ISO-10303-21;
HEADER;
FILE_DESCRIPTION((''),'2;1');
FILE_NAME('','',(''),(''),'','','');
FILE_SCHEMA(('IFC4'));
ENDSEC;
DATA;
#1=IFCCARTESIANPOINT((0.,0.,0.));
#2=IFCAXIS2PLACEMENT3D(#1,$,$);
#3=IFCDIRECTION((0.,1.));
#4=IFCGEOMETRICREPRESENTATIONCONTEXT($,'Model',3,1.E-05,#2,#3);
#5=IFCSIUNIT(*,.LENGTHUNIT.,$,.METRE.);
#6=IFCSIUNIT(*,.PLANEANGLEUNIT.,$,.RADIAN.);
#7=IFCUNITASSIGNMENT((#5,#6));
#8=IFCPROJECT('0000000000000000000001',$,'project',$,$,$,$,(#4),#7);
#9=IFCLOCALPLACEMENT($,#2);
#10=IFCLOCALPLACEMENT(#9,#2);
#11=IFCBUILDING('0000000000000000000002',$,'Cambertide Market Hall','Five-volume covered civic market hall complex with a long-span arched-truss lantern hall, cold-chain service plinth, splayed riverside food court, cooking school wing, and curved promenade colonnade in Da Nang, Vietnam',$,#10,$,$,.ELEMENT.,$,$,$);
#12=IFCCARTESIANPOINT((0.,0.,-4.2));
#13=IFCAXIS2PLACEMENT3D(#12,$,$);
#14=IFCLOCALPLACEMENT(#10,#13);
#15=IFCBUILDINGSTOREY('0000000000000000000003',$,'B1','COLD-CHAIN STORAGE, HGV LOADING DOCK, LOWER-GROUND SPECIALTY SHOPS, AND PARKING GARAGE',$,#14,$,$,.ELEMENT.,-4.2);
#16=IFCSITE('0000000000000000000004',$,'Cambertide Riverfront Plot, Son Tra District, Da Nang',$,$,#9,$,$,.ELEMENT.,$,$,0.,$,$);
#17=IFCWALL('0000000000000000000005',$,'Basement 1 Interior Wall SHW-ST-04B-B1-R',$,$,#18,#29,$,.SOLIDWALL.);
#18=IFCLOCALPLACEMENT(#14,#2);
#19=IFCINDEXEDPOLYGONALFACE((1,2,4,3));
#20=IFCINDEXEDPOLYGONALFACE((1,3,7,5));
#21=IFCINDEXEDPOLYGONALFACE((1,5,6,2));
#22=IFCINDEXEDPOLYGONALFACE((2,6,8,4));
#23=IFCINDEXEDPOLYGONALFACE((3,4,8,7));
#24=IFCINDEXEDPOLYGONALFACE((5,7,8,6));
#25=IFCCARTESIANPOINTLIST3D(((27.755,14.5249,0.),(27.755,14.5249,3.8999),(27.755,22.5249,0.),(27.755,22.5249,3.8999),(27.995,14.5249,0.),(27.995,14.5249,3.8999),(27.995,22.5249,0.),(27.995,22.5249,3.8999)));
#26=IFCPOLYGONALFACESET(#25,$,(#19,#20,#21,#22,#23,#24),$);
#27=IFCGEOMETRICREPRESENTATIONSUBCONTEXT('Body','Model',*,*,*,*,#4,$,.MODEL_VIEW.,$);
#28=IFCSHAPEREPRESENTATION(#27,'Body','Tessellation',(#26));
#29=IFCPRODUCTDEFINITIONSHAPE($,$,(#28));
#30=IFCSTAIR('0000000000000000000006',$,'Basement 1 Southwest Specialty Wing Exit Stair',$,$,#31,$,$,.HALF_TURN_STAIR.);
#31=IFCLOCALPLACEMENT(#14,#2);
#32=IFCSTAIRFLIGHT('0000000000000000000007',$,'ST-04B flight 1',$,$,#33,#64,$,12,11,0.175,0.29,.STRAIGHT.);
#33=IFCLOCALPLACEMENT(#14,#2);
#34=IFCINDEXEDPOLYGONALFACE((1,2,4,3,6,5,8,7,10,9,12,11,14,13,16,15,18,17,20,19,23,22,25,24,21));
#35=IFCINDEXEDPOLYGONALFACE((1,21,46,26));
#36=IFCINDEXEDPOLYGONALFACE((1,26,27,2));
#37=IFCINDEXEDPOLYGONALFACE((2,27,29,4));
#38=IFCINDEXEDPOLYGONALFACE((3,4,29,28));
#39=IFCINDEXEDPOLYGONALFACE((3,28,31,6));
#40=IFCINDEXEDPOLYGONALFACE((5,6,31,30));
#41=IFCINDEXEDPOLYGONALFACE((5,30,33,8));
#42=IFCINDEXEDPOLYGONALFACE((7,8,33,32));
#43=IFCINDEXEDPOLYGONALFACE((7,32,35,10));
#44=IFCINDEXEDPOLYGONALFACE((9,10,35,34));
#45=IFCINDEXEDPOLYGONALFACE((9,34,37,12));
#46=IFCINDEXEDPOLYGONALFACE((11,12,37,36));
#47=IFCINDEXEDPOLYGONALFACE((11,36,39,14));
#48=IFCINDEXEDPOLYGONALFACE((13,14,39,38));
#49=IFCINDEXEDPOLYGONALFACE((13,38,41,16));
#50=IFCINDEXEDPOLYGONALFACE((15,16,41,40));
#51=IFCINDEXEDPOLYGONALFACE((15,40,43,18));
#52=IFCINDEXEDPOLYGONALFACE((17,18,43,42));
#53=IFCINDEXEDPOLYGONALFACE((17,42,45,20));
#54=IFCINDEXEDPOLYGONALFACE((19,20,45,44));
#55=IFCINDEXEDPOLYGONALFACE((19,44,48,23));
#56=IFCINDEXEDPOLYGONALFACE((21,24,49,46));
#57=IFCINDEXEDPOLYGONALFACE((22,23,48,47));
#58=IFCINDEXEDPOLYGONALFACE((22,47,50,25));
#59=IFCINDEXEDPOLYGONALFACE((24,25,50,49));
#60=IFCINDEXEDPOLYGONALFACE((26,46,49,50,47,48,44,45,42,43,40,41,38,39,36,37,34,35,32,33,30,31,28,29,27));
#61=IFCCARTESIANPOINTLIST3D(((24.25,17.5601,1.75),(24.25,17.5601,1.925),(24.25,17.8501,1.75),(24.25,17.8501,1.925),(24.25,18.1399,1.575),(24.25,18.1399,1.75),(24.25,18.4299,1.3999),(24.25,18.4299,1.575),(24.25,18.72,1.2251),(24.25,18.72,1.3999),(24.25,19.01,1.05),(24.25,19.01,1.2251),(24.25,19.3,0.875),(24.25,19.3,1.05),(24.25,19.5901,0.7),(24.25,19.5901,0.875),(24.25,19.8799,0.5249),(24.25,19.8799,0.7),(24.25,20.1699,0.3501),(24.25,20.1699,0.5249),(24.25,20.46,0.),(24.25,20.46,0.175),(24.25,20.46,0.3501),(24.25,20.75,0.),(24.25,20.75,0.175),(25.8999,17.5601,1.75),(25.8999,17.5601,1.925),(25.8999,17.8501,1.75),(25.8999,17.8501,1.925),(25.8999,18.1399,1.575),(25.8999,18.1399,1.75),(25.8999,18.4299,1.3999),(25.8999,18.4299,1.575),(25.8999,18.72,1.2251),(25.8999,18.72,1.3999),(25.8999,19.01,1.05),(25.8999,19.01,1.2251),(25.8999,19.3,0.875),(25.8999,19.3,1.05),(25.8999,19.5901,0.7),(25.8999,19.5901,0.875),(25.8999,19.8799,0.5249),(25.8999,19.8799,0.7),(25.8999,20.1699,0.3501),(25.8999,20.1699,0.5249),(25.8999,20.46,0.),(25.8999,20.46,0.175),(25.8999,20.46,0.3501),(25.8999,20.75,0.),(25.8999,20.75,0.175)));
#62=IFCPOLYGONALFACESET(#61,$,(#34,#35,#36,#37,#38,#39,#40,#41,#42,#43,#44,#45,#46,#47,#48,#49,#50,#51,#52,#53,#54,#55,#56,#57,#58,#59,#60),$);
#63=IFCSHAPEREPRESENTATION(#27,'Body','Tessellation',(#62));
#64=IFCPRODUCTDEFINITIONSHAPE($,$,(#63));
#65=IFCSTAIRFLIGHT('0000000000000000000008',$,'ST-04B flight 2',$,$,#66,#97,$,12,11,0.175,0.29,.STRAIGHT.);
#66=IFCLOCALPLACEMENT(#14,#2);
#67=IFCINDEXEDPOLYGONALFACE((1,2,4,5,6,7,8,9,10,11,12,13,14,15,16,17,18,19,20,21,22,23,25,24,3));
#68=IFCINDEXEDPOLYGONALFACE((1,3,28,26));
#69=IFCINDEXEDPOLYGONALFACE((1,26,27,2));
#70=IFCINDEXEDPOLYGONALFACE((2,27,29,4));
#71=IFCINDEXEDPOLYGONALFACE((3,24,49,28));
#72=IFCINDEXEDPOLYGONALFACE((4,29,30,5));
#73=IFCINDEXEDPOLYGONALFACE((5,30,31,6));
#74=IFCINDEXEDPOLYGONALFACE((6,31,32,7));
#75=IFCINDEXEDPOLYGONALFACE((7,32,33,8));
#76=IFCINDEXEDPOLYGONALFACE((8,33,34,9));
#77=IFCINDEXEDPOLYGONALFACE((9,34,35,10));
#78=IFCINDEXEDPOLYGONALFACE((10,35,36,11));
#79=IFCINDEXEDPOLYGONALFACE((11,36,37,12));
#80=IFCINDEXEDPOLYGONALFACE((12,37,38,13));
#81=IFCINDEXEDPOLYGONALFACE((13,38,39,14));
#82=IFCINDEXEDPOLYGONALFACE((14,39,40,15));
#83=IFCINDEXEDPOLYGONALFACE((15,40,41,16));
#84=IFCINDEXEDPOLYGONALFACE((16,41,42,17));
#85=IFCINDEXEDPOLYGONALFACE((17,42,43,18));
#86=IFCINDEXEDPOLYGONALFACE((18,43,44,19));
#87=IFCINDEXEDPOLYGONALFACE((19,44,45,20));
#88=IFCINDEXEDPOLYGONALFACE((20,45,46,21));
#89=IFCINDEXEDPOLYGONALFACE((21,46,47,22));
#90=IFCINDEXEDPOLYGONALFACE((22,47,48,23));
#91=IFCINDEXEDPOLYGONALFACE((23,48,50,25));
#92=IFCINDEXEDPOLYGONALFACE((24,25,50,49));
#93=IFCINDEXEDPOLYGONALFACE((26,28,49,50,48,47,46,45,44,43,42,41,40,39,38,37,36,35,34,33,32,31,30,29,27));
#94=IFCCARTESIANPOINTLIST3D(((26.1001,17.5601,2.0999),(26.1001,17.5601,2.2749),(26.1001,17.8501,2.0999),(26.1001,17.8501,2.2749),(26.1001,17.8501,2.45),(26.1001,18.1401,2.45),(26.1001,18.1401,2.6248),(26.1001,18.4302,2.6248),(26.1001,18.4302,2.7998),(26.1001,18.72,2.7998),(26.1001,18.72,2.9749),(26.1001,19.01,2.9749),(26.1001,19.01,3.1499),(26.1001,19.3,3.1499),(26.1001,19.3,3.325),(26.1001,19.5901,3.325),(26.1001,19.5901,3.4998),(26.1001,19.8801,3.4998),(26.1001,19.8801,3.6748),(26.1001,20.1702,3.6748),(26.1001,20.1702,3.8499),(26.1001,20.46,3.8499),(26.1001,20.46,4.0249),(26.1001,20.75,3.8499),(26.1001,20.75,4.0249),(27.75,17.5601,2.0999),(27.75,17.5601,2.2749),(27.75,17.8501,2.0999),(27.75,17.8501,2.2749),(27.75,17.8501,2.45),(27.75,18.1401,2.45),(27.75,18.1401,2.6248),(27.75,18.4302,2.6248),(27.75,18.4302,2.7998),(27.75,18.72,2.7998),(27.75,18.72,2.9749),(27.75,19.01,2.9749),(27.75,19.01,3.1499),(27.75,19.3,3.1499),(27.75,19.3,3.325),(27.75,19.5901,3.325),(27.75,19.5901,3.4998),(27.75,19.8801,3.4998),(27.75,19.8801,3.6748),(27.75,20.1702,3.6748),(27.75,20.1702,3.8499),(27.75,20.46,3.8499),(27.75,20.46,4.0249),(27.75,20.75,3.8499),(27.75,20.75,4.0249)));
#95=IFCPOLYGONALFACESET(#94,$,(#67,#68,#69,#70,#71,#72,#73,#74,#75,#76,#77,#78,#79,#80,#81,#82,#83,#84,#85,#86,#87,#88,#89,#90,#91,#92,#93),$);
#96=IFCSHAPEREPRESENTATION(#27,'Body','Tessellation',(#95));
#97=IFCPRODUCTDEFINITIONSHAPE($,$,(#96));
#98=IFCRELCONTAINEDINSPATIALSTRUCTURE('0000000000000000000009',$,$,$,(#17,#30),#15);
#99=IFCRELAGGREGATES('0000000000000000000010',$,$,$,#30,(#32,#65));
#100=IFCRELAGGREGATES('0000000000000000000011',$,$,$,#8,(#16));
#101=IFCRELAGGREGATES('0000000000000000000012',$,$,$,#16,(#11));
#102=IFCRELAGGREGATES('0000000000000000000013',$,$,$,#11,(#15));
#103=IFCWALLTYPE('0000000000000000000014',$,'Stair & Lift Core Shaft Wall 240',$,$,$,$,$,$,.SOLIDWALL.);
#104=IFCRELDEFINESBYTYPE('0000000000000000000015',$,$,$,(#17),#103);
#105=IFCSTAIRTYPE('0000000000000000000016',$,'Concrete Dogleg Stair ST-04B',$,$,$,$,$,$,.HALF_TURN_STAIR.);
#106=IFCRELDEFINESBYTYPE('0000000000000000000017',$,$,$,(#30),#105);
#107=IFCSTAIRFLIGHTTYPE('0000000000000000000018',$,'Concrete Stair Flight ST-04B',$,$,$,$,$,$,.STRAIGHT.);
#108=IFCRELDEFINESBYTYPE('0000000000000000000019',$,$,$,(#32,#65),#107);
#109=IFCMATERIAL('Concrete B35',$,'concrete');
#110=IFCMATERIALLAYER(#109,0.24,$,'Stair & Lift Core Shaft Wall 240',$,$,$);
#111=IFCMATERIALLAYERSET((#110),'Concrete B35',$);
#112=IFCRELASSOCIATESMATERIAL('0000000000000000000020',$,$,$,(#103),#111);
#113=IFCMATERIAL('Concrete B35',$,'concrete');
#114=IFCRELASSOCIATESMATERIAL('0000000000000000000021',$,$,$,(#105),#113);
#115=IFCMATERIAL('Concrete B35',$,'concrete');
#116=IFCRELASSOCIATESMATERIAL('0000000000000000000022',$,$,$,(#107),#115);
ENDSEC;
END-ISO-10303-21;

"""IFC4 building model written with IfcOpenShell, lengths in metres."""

from ifc_helpers import new_model, si_unit, direction, frame, frame_2d, origin, place, context, subcontext, project, spatial, polyline, rectangle, outline, extrude, material, layer, layer_set, type_object, element, aggregate, save


model = new_model("IFC4")

# Units and contexts
model_context = context("Model", 3, precision=1e-05, world=origin(), true_north=direction((0.0, 1.0)))
body_context = subcontext(model_context, "Body", "Model", "MODEL_VIEW")
ifc_project = project(units=[si_unit("LENGTHUNIT", "METRE"), si_unit("PLANEANGLEUNIT", "RADIAN")], contexts=[model_context])

# Site, building, storey
site_placement = place(None, origin())
site = spatial("IfcSite", under=ifc_project, at=site_placement, Name="Cambertide Riverfront Plot, Son Tra District, Da Nang", CompositionType="ELEMENT", RefElevation=0.0)
building_placement = place(site_placement, origin())
building = spatial("IfcBuilding", under=site, at=building_placement, Name="Cambertide Market Hall", Description="Five-volume covered civic market hall complex with a long-span arched-truss lantern hall, cold-chain service plinth, splayed riverside food court, cooking school wing, and curved promenade colonnade in Da Nang, Vietnam", CompositionType="ELEMENT")
storey_placement = place(building_placement, frame((0.0, 0.0, -4.2)))
storey = spatial("IfcBuildingStorey", under=building, at=storey_placement, Name="B1", Description="COLD-CHAIN STORAGE, HGV LOADING DOCK, LOWER-GROUND SPECIALTY SHOPS, AND PARKING GARAGE", CompositionType="ELEMENT", Elevation=-4.2)

# Shared definitions
ifc_material_1 = material(Name="Concrete B35", Category="concrete")
ifc_layer_1 = layer(ifc_material_1, 0.24, Name="Stair & Lift Core Shaft Wall 240")
ifc_layer_set_1 = layer_set([ifc_layer_1], Name="Concrete B35")
wall_type_1 = type_object("IfcWallType", Name="Stair & Lift Core Shaft Wall 240", PredefinedType="SOLIDWALL", material=ifc_layer_set_1)

# Wall
wall_1_placement = place(storey_placement, frame((27.875, 22.5249, 0.0), z_axis=(0.0, 0.0, 1.0), x_axis=(0.0, -1.0, 0.0)))
element("IfcWall", 1, at=wall_1_placement, inside=storey, type_object=wall_type_1, Name="Basement 1 Interior Wall SHW-ST-04B-B1-R", PredefinedType="SOLIDWALL", context=body_context, shape_type="SweptSolid", body=[
    extrude(rectangle(XDim=8.0, YDim=0.24, at=frame_2d((4.0, 0.0))), origin(), (0.0, 0.0, 1.0), 3.8999),
])

# Stair, stair flights
ifc_material_2 = material(Name="Concrete B35", Category="concrete")
stair_type = type_object("IfcStairType", Name="Concrete Dogleg Stair ST-04B", PredefinedType="HALF_TURN_STAIR", material=ifc_material_2)
stair_placement = place(storey_placement, origin())
stair = element("IfcStair", 2, at=stair_placement, inside=storey, type_object=stair_type, Name="Basement 1 Southwest Specialty Wing Exit Stair", PredefinedType="HALF_TURN_STAIR")
ifc_material_3 = material(Name="Concrete B35", Category="concrete")
stair_flight_type = type_object("IfcStairFlightType", Name="Concrete Stair Flight ST-04B", PredefinedType="STRAIGHT", material=ifc_material_3)
stair_flight_1_placement = place(storey_placement, frame((25.075, 20.75, 0.0), z_axis=(0.0, 0.0, 1.0), x_axis=(0.0, -1.0, 0.0)))
stair_flight_1 = element("IfcStairFlight", 3, at=stair_flight_1_placement, type_object=stair_flight_type, Name="ST-04B flight 1", NumberOfRisers=12, NumberOfTreads=11, PredefinedType="STRAIGHT", RiserHeight=0.175, TreadLength=0.29, context=body_context, shape_type="SweptSolid", body=[
    extrude(outline(polyline([(0.0, 0.0), (0.0, 0.175), (0.29, 0.175), (0.29, 0.3501), (0.5801, 0.3501), (0.5801, 0.5249), (0.8701, 0.5249), (0.8701, 0.7), (1.1599, 0.7), (1.1599, 0.875), (1.45, 0.875), (1.45, 1.05), (1.74, 1.05), (1.74, 1.2251), (2.03, 1.2251), (2.03, 1.3999), (2.3201, 1.3999), (2.3201, 1.575), (2.6101, 1.575), (2.6101, 1.75), (2.8999, 1.75), (2.8999, 1.925), (3.1899, 1.925), (3.1899, 2.1001), (3.1899, 1.75), (0.29, 0.0), (0.0, 0.0)])), frame((0.0, 0.825, 0.0), z_axis=(0.0, -1.0, 0.0), x_axis=(1.0, 0.0, 0.0)), (0.0, 0.0, 1.0), 1.6499),
])
stair_flight_2_placement = place(storey_placement, frame((26.925, 17.5601, 2.0999), z_axis=(0.0, 0.0, 1.0), x_axis=(0.0, 1.0, 0.0)))
stair_flight_2 = element("IfcStairFlight", 4, at=stair_flight_2_placement, type_object=stair_flight_type, Name="ST-04B flight 2", NumberOfRisers=12, NumberOfTreads=11, PredefinedType="STRAIGHT", RiserHeight=0.175, TreadLength=0.29, context=body_context, shape_type="SweptSolid", body=[
    extrude(outline(polyline([(0.0, 0.0), (0.0, 0.175), (0.29, 0.175), (0.29, 0.3501), (0.5801, 0.3501), (0.5801, 0.5249), (0.8701, 0.5249), (0.8701, 0.7), (1.1599, 0.7), (1.1599, 0.875), (1.45, 0.875), (1.45, 1.05), (1.74, 1.05), (1.74, 1.2251), (2.03, 1.2251), (2.03, 1.3999), (2.3201, 1.3999), (2.3201, 1.575), (2.6101, 1.575), (2.6101, 1.75), (2.8999, 1.75), (2.8999, 1.925), (3.1899, 1.925), (3.1899, 2.1001), (3.1899, 1.75), (0.29, 0.0), (0.0, 0.0)])), frame((0.0, 0.825, 0.0), z_axis=(0.0, -1.0, 0.0), x_axis=(1.0, 0.0, 0.0)), (0.0, 0.0, 1.0), 1.6499),
])
aggregate(stair, [stair_flight_1, stair_flight_2])

save(model, "model.ifc")
